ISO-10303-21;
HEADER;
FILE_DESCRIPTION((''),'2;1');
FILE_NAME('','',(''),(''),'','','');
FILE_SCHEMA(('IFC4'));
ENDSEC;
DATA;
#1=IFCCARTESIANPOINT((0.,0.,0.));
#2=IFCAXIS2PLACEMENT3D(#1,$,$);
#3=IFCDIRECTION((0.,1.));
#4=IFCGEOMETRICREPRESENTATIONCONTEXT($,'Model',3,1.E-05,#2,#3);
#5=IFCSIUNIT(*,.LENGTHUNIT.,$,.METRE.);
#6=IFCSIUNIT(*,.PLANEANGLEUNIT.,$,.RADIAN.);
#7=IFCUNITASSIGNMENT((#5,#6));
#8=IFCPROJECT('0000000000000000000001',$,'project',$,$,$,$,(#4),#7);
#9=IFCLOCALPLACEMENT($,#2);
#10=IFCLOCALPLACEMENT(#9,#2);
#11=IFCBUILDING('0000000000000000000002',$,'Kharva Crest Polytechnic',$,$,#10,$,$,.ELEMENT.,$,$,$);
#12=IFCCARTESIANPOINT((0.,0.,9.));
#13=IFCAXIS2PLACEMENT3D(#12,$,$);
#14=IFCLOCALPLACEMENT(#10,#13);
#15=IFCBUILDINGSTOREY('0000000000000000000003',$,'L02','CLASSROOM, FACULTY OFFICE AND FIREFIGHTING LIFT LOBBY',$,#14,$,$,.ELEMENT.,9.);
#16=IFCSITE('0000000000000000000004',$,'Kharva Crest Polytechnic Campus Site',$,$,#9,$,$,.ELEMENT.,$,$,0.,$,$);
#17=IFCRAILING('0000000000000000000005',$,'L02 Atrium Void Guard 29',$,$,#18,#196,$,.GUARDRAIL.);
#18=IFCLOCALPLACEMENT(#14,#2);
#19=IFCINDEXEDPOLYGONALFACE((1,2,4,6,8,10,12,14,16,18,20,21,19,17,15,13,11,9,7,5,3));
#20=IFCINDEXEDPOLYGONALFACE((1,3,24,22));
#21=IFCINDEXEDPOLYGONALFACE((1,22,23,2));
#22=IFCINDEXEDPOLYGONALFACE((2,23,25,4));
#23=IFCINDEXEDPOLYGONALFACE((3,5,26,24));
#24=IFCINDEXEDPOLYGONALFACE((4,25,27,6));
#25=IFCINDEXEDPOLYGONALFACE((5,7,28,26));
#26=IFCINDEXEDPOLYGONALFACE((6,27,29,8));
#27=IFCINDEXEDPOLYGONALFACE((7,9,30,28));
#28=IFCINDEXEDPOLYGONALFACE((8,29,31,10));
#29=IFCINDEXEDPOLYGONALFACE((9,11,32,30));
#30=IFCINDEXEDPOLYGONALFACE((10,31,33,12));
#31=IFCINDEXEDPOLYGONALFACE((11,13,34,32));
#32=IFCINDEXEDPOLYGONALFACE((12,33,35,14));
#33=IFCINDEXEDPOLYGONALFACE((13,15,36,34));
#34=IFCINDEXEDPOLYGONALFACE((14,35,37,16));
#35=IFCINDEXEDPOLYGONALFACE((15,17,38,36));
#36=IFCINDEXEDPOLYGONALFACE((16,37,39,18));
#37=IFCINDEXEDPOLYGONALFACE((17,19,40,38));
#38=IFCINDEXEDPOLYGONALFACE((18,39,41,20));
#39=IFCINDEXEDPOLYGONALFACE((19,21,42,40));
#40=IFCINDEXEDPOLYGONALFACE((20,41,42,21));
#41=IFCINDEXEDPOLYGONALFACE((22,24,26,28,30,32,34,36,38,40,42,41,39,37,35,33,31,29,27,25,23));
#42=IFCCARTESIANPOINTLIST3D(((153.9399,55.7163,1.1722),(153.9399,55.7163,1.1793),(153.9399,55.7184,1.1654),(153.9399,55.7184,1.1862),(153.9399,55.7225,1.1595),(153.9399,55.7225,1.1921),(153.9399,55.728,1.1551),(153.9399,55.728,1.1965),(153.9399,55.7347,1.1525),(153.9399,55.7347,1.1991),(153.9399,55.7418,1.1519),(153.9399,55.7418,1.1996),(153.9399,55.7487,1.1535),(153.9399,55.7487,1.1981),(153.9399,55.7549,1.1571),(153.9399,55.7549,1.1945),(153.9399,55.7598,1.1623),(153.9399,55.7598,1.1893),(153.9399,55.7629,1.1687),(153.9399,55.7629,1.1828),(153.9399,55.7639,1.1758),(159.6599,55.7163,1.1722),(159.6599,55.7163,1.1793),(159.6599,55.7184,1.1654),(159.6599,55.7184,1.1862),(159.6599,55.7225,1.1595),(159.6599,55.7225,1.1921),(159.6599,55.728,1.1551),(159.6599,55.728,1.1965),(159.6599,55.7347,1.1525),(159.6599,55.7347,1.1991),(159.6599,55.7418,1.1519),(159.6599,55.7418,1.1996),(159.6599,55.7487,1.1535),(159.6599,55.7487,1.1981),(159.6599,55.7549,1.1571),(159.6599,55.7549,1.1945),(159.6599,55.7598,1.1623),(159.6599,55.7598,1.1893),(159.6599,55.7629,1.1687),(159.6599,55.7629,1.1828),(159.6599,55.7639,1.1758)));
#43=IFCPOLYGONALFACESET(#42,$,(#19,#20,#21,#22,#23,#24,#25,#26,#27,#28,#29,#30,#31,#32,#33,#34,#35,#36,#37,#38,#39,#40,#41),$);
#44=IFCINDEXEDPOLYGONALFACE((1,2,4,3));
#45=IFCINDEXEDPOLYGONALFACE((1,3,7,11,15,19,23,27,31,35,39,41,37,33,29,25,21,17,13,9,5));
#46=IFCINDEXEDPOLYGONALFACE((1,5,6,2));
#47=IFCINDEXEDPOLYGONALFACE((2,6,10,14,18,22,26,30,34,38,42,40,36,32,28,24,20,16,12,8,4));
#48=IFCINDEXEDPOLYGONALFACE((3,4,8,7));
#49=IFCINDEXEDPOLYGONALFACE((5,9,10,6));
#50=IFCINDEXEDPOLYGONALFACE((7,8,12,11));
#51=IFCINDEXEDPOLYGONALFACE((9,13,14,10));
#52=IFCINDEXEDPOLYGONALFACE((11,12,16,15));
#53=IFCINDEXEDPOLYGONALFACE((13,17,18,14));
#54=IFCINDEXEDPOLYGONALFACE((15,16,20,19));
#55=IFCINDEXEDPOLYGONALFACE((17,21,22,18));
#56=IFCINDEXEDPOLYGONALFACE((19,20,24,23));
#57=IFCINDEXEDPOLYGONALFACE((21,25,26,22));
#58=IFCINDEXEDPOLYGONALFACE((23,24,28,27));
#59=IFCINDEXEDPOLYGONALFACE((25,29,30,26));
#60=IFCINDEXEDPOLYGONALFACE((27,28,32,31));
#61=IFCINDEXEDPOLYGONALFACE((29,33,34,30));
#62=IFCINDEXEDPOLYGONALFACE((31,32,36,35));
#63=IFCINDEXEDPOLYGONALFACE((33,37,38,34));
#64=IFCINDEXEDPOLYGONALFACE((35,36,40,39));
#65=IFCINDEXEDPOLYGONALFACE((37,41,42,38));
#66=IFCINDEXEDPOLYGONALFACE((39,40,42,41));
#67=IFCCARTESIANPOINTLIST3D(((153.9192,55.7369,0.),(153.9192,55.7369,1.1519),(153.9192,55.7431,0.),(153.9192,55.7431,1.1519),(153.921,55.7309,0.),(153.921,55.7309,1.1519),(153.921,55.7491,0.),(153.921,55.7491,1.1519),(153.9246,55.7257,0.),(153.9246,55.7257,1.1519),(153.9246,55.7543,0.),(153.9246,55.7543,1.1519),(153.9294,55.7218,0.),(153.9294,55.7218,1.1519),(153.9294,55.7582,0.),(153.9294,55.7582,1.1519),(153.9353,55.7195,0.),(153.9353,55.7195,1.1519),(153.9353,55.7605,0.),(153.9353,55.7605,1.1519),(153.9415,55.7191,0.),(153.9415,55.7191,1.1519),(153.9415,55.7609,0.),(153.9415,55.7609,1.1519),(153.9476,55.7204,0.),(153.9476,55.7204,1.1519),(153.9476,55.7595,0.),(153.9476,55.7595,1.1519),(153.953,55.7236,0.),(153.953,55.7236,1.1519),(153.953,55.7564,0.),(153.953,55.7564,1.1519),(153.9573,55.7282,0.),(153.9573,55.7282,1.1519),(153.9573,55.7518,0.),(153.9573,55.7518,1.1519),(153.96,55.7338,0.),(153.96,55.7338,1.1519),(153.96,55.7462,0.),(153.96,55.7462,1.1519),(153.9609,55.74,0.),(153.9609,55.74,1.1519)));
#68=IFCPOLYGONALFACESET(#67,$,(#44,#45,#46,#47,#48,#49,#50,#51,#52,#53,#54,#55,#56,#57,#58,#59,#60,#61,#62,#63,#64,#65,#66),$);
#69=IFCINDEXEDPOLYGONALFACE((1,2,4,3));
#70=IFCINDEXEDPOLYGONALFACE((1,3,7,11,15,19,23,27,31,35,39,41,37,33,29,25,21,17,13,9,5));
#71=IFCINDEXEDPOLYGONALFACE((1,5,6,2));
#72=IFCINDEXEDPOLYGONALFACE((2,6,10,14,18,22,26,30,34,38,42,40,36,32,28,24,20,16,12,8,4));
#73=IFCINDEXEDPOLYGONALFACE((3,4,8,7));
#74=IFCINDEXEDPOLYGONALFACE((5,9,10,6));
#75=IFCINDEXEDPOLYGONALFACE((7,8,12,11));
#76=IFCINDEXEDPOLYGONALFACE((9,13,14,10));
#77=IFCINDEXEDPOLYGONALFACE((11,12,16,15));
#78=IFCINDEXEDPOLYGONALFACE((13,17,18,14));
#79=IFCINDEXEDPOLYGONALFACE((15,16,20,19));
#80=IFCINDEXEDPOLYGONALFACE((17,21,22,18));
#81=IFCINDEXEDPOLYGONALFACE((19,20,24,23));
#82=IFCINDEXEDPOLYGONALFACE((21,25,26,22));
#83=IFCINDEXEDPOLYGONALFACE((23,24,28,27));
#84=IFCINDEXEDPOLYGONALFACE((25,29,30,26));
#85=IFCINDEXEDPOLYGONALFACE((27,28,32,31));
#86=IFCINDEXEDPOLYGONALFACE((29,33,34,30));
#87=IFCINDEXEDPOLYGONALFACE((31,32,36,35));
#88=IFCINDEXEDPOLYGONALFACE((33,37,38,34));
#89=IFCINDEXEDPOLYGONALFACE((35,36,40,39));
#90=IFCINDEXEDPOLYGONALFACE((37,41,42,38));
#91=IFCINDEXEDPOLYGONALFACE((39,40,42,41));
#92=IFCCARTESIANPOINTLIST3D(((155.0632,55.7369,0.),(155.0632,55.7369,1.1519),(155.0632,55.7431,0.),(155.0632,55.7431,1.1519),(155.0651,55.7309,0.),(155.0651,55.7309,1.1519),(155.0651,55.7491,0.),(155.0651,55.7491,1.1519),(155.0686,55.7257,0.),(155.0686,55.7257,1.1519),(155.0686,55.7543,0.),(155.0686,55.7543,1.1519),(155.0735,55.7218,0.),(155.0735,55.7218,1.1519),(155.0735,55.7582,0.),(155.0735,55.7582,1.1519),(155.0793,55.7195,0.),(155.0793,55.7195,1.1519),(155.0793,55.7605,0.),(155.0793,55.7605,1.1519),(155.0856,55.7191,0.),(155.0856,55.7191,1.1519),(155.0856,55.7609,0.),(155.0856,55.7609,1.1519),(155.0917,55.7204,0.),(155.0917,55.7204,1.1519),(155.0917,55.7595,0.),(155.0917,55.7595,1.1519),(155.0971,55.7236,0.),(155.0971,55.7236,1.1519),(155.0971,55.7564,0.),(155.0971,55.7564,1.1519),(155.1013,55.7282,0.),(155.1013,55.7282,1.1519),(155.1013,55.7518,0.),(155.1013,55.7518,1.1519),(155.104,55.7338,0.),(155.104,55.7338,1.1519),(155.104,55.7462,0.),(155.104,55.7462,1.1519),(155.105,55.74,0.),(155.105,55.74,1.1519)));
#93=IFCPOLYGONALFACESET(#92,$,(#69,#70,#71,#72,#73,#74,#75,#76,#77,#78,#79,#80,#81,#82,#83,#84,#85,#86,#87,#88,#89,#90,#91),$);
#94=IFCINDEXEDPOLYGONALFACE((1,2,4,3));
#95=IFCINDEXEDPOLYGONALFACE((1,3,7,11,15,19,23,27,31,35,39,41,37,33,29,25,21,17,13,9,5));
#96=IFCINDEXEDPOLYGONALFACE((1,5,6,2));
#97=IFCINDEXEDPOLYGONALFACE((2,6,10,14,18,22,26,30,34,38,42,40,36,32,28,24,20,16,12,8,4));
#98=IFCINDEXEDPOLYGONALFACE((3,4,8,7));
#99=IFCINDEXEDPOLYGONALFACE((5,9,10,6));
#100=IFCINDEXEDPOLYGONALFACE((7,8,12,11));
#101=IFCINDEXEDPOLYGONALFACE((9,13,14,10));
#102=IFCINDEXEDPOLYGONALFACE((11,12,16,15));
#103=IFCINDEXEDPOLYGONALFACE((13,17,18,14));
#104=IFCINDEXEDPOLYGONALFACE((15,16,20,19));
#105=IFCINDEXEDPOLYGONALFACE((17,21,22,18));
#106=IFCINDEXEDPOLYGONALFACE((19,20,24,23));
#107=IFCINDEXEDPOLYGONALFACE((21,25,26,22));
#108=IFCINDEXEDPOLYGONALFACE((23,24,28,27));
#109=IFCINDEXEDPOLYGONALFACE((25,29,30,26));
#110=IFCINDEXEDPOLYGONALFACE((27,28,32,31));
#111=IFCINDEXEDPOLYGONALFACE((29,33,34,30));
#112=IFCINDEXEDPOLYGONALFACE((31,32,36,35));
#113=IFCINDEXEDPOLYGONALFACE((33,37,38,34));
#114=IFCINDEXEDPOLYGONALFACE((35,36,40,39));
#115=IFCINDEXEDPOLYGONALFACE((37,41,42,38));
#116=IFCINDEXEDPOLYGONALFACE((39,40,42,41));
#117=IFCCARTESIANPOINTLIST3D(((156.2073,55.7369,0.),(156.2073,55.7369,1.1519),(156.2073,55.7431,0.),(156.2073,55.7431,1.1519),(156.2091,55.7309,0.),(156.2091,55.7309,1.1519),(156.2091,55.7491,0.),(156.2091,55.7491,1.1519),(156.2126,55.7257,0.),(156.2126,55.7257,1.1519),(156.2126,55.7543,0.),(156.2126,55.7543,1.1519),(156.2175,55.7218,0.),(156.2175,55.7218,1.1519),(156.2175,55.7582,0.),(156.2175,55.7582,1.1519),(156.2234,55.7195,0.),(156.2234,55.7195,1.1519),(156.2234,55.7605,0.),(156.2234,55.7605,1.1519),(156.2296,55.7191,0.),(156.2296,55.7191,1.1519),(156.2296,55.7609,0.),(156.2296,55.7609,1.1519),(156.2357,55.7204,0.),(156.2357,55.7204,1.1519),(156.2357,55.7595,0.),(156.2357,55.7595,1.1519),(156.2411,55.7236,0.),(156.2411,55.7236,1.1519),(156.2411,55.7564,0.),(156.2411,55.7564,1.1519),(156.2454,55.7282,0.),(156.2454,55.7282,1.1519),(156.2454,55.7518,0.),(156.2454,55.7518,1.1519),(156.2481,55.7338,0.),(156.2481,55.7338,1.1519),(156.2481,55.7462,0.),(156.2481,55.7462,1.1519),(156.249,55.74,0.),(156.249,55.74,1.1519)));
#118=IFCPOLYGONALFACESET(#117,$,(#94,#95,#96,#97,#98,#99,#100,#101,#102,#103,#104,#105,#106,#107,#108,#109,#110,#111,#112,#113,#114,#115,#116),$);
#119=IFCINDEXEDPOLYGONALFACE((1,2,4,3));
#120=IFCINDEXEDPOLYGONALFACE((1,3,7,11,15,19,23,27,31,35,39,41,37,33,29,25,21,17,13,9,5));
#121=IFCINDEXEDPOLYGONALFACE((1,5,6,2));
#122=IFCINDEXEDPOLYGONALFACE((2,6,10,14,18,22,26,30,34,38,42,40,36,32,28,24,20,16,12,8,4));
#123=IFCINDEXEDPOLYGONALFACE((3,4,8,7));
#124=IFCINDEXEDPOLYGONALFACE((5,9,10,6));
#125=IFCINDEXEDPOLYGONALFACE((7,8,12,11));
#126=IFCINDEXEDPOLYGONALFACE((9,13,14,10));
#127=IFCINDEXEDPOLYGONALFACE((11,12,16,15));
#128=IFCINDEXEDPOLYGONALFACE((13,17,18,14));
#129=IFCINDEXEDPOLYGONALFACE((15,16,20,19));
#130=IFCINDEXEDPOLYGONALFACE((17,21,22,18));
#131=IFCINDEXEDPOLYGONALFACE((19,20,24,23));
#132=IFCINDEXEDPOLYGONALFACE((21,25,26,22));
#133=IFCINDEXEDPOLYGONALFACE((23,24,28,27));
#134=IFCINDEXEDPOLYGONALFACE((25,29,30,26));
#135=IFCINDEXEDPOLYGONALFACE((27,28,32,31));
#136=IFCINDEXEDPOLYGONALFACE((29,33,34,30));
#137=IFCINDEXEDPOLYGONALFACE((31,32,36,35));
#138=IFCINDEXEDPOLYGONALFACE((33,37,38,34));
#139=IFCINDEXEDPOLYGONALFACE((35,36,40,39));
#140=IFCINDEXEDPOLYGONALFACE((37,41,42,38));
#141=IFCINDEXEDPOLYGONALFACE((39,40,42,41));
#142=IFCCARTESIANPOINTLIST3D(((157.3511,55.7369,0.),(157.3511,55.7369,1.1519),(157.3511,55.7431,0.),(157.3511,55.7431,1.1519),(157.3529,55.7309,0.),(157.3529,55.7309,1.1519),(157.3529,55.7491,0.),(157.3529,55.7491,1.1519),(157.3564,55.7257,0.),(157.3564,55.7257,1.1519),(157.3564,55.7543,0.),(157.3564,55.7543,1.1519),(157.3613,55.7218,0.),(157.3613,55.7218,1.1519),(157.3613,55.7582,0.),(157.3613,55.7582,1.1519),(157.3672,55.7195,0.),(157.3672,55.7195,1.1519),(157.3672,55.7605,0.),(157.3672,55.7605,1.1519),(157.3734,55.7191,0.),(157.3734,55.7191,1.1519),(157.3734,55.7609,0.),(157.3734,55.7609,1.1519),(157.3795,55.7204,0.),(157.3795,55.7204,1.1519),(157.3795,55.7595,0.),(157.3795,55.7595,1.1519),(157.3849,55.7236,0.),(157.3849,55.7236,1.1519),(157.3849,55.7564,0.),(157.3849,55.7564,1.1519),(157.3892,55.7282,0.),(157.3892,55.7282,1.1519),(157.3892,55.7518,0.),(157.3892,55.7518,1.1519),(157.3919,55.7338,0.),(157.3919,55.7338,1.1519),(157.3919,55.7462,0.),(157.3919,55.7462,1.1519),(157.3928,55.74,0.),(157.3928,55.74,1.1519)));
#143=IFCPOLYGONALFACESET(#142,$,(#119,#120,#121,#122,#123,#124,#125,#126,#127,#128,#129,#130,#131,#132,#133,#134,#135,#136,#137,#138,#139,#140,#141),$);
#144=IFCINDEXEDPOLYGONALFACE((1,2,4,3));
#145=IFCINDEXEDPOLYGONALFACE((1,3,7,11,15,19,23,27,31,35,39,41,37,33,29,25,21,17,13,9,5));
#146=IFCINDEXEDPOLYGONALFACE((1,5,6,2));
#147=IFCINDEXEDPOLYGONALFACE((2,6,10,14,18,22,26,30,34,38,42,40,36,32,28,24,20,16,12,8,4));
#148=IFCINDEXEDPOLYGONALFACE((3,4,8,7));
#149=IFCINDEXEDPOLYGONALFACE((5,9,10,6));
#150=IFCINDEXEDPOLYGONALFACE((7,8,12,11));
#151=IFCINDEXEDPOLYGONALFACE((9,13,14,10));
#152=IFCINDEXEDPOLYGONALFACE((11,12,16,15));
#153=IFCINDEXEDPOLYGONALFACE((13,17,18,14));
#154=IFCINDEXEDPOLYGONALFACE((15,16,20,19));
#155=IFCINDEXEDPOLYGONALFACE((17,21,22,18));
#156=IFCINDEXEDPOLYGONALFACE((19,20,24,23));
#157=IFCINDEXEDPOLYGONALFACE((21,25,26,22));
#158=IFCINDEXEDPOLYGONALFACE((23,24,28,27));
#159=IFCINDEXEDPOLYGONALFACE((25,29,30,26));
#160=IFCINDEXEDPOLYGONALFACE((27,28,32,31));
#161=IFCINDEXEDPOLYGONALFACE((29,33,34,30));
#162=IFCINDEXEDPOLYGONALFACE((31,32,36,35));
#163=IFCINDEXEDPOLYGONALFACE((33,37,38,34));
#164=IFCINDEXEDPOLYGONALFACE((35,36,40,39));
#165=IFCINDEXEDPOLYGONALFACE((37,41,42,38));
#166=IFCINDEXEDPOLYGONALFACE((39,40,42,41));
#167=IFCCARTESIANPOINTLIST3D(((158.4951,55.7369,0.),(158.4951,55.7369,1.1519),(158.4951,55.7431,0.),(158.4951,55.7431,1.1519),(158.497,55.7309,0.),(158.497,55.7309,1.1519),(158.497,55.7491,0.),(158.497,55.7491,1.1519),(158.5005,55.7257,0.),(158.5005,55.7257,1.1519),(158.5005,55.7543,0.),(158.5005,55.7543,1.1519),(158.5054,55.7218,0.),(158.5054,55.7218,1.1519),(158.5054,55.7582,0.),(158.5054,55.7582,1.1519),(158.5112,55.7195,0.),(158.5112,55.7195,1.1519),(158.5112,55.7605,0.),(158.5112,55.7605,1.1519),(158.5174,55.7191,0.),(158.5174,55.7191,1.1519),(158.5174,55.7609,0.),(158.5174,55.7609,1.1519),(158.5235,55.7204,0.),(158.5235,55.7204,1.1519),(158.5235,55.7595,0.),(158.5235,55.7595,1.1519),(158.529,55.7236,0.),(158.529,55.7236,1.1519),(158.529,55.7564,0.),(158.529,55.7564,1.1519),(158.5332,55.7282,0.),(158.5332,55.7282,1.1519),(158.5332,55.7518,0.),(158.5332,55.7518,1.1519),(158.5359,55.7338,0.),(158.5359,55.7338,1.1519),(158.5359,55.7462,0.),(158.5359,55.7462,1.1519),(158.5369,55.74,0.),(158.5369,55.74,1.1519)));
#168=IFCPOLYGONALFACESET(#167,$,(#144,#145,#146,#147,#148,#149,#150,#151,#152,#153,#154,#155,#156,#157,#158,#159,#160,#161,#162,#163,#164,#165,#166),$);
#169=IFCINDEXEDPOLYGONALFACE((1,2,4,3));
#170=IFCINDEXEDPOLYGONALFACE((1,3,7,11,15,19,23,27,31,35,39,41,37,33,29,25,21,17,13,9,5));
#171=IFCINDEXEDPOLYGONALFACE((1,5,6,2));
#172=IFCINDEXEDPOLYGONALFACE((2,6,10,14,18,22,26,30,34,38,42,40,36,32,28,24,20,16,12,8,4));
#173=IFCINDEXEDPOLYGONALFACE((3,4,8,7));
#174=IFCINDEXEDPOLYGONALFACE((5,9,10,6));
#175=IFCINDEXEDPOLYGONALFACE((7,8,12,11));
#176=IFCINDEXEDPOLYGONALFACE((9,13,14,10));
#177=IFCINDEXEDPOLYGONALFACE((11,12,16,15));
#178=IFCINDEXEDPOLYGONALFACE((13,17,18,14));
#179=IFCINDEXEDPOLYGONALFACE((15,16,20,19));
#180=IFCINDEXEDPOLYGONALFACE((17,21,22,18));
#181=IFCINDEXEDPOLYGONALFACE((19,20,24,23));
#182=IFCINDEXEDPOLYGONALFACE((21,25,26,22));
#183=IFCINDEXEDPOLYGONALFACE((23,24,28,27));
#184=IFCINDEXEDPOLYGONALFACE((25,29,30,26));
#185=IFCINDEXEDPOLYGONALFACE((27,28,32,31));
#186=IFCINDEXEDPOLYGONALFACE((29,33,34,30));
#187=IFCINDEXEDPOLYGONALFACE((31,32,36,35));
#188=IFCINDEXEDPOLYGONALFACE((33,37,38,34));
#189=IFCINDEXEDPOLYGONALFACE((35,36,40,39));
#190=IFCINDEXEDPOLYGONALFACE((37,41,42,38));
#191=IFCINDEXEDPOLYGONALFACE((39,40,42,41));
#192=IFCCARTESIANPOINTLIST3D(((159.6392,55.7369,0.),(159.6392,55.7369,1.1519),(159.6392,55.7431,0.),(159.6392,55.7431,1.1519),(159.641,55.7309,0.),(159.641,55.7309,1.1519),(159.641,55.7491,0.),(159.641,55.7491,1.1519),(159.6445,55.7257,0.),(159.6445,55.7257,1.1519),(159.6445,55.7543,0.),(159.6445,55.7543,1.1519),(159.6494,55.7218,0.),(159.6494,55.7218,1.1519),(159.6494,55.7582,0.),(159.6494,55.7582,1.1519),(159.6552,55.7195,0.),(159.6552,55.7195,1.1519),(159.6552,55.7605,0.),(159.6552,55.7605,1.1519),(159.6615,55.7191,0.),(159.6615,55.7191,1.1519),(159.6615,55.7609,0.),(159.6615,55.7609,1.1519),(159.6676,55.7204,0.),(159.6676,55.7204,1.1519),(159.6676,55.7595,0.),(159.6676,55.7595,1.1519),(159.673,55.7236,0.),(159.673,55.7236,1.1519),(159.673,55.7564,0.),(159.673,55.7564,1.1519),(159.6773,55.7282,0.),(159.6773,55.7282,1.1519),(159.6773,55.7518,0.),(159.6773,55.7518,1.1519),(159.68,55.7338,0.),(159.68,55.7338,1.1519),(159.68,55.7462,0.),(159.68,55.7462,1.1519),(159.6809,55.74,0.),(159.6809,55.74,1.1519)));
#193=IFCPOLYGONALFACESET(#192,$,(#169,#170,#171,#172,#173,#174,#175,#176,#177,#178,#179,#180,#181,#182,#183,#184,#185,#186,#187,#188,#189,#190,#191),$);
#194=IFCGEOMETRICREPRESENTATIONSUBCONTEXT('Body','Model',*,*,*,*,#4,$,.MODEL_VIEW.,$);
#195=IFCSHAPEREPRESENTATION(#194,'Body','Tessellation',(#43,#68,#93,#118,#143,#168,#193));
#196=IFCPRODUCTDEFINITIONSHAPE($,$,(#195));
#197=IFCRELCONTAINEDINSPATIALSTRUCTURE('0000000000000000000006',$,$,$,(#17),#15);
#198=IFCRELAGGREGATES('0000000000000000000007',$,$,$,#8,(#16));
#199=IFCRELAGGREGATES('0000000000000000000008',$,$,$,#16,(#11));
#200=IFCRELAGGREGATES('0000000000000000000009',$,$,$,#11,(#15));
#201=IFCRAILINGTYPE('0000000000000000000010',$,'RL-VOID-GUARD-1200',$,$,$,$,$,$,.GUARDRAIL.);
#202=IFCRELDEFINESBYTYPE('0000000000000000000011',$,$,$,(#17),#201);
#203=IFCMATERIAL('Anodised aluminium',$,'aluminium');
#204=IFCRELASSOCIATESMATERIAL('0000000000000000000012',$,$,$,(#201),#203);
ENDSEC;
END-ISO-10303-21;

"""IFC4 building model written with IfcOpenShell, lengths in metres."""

from ifc_helpers import new_model, si_unit, direction, frame, origin, origin_2d, place, context, subcontext, project, spatial, circle, extrude, material, type_object, element, save


model = new_model("IFC4")

# Units and contexts
model_context = context("Model", 3, precision=1e-05, world=origin(), true_north=direction((0.0, 1.0)))
body_context = subcontext(model_context, "Body", "Model", "MODEL_VIEW")
ifc_project = project(units=[si_unit("LENGTHUNIT", "METRE"), si_unit("PLANEANGLEUNIT", "RADIAN")], contexts=[model_context])

# Site, building, storey
site_placement = place(None, origin())
site = spatial("IfcSite", under=ifc_project, at=site_placement, Name="Kharva Crest Polytechnic Campus Site", CompositionType="ELEMENT", RefElevation=0.0)
building_placement = place(site_placement, origin())
building = spatial("IfcBuilding", under=site, at=building_placement, Name="Kharva Crest Polytechnic", CompositionType="ELEMENT")
storey_placement = place(building_placement, frame((0.0, 0.0, 9.0)))
storey = spatial("IfcBuildingStorey", under=building, at=storey_placement, Name="L02", Description="CLASSROOM, FACULTY OFFICE AND FIREFIGHTING LIFT LOBBY", CompositionType="ELEMENT", Elevation=9.0)

# Shared definitions
ifc_material_1 = material(Name="Anodised aluminium", Category="aluminium")

# Railing
railing_type = type_object("IfcRailingType", Name="RL-VOID-GUARD-1200", PredefinedType="GUARDRAIL", material=ifc_material_1)
railing_1_placement = place(storey_placement, frame((153.9399, 55.74, 0.0)))
element("IfcRailing", 1, at=railing_1_placement, inside=storey, type_object=railing_type, Name="L02 Atrium Void Guard 29", PredefinedType="GUARDRAIL", context=body_context, shape_type="SweptSolid", body=[
    extrude(circle(Radius=0.0239, at=origin_2d()), frame((0.0, 0.0, 1.1758), z_axis=(1.0, 0.0, 0.0), x_axis=(0.0, 1.0, 0.0)), (0.0, 0.0, 1.0), 5.72),
    extrude(circle(Radius=0.021, at=origin_2d()), origin(), (0.0, 0.0, 1.0), 1.1519),
    extrude(circle(Radius=0.021, at=origin_2d()), frame((1.144, 0.0, 0.0)), (0.0, 0.0, 1.0), 1.1519),
    extrude(circle(Radius=0.021, at=origin_2d()), frame((2.2881, 0.0, 0.0)), (0.0, 0.0, 1.0), 1.1519),
    extrude(circle(Radius=0.021, at=origin_2d()), frame((3.4319, 0.0, 0.0)), (0.0, 0.0, 1.0), 1.1519),
    extrude(circle(Radius=0.021, at=origin_2d()), frame((4.5759, 0.0, 0.0)), (0.0, 0.0, 1.0), 1.1519),
    extrude(circle(Radius=0.021, at=origin_2d()), frame((5.72, 0.0, 0.0)), (0.0, 0.0, 1.0), 1.1519),
])

save(model, "model.ifc")
